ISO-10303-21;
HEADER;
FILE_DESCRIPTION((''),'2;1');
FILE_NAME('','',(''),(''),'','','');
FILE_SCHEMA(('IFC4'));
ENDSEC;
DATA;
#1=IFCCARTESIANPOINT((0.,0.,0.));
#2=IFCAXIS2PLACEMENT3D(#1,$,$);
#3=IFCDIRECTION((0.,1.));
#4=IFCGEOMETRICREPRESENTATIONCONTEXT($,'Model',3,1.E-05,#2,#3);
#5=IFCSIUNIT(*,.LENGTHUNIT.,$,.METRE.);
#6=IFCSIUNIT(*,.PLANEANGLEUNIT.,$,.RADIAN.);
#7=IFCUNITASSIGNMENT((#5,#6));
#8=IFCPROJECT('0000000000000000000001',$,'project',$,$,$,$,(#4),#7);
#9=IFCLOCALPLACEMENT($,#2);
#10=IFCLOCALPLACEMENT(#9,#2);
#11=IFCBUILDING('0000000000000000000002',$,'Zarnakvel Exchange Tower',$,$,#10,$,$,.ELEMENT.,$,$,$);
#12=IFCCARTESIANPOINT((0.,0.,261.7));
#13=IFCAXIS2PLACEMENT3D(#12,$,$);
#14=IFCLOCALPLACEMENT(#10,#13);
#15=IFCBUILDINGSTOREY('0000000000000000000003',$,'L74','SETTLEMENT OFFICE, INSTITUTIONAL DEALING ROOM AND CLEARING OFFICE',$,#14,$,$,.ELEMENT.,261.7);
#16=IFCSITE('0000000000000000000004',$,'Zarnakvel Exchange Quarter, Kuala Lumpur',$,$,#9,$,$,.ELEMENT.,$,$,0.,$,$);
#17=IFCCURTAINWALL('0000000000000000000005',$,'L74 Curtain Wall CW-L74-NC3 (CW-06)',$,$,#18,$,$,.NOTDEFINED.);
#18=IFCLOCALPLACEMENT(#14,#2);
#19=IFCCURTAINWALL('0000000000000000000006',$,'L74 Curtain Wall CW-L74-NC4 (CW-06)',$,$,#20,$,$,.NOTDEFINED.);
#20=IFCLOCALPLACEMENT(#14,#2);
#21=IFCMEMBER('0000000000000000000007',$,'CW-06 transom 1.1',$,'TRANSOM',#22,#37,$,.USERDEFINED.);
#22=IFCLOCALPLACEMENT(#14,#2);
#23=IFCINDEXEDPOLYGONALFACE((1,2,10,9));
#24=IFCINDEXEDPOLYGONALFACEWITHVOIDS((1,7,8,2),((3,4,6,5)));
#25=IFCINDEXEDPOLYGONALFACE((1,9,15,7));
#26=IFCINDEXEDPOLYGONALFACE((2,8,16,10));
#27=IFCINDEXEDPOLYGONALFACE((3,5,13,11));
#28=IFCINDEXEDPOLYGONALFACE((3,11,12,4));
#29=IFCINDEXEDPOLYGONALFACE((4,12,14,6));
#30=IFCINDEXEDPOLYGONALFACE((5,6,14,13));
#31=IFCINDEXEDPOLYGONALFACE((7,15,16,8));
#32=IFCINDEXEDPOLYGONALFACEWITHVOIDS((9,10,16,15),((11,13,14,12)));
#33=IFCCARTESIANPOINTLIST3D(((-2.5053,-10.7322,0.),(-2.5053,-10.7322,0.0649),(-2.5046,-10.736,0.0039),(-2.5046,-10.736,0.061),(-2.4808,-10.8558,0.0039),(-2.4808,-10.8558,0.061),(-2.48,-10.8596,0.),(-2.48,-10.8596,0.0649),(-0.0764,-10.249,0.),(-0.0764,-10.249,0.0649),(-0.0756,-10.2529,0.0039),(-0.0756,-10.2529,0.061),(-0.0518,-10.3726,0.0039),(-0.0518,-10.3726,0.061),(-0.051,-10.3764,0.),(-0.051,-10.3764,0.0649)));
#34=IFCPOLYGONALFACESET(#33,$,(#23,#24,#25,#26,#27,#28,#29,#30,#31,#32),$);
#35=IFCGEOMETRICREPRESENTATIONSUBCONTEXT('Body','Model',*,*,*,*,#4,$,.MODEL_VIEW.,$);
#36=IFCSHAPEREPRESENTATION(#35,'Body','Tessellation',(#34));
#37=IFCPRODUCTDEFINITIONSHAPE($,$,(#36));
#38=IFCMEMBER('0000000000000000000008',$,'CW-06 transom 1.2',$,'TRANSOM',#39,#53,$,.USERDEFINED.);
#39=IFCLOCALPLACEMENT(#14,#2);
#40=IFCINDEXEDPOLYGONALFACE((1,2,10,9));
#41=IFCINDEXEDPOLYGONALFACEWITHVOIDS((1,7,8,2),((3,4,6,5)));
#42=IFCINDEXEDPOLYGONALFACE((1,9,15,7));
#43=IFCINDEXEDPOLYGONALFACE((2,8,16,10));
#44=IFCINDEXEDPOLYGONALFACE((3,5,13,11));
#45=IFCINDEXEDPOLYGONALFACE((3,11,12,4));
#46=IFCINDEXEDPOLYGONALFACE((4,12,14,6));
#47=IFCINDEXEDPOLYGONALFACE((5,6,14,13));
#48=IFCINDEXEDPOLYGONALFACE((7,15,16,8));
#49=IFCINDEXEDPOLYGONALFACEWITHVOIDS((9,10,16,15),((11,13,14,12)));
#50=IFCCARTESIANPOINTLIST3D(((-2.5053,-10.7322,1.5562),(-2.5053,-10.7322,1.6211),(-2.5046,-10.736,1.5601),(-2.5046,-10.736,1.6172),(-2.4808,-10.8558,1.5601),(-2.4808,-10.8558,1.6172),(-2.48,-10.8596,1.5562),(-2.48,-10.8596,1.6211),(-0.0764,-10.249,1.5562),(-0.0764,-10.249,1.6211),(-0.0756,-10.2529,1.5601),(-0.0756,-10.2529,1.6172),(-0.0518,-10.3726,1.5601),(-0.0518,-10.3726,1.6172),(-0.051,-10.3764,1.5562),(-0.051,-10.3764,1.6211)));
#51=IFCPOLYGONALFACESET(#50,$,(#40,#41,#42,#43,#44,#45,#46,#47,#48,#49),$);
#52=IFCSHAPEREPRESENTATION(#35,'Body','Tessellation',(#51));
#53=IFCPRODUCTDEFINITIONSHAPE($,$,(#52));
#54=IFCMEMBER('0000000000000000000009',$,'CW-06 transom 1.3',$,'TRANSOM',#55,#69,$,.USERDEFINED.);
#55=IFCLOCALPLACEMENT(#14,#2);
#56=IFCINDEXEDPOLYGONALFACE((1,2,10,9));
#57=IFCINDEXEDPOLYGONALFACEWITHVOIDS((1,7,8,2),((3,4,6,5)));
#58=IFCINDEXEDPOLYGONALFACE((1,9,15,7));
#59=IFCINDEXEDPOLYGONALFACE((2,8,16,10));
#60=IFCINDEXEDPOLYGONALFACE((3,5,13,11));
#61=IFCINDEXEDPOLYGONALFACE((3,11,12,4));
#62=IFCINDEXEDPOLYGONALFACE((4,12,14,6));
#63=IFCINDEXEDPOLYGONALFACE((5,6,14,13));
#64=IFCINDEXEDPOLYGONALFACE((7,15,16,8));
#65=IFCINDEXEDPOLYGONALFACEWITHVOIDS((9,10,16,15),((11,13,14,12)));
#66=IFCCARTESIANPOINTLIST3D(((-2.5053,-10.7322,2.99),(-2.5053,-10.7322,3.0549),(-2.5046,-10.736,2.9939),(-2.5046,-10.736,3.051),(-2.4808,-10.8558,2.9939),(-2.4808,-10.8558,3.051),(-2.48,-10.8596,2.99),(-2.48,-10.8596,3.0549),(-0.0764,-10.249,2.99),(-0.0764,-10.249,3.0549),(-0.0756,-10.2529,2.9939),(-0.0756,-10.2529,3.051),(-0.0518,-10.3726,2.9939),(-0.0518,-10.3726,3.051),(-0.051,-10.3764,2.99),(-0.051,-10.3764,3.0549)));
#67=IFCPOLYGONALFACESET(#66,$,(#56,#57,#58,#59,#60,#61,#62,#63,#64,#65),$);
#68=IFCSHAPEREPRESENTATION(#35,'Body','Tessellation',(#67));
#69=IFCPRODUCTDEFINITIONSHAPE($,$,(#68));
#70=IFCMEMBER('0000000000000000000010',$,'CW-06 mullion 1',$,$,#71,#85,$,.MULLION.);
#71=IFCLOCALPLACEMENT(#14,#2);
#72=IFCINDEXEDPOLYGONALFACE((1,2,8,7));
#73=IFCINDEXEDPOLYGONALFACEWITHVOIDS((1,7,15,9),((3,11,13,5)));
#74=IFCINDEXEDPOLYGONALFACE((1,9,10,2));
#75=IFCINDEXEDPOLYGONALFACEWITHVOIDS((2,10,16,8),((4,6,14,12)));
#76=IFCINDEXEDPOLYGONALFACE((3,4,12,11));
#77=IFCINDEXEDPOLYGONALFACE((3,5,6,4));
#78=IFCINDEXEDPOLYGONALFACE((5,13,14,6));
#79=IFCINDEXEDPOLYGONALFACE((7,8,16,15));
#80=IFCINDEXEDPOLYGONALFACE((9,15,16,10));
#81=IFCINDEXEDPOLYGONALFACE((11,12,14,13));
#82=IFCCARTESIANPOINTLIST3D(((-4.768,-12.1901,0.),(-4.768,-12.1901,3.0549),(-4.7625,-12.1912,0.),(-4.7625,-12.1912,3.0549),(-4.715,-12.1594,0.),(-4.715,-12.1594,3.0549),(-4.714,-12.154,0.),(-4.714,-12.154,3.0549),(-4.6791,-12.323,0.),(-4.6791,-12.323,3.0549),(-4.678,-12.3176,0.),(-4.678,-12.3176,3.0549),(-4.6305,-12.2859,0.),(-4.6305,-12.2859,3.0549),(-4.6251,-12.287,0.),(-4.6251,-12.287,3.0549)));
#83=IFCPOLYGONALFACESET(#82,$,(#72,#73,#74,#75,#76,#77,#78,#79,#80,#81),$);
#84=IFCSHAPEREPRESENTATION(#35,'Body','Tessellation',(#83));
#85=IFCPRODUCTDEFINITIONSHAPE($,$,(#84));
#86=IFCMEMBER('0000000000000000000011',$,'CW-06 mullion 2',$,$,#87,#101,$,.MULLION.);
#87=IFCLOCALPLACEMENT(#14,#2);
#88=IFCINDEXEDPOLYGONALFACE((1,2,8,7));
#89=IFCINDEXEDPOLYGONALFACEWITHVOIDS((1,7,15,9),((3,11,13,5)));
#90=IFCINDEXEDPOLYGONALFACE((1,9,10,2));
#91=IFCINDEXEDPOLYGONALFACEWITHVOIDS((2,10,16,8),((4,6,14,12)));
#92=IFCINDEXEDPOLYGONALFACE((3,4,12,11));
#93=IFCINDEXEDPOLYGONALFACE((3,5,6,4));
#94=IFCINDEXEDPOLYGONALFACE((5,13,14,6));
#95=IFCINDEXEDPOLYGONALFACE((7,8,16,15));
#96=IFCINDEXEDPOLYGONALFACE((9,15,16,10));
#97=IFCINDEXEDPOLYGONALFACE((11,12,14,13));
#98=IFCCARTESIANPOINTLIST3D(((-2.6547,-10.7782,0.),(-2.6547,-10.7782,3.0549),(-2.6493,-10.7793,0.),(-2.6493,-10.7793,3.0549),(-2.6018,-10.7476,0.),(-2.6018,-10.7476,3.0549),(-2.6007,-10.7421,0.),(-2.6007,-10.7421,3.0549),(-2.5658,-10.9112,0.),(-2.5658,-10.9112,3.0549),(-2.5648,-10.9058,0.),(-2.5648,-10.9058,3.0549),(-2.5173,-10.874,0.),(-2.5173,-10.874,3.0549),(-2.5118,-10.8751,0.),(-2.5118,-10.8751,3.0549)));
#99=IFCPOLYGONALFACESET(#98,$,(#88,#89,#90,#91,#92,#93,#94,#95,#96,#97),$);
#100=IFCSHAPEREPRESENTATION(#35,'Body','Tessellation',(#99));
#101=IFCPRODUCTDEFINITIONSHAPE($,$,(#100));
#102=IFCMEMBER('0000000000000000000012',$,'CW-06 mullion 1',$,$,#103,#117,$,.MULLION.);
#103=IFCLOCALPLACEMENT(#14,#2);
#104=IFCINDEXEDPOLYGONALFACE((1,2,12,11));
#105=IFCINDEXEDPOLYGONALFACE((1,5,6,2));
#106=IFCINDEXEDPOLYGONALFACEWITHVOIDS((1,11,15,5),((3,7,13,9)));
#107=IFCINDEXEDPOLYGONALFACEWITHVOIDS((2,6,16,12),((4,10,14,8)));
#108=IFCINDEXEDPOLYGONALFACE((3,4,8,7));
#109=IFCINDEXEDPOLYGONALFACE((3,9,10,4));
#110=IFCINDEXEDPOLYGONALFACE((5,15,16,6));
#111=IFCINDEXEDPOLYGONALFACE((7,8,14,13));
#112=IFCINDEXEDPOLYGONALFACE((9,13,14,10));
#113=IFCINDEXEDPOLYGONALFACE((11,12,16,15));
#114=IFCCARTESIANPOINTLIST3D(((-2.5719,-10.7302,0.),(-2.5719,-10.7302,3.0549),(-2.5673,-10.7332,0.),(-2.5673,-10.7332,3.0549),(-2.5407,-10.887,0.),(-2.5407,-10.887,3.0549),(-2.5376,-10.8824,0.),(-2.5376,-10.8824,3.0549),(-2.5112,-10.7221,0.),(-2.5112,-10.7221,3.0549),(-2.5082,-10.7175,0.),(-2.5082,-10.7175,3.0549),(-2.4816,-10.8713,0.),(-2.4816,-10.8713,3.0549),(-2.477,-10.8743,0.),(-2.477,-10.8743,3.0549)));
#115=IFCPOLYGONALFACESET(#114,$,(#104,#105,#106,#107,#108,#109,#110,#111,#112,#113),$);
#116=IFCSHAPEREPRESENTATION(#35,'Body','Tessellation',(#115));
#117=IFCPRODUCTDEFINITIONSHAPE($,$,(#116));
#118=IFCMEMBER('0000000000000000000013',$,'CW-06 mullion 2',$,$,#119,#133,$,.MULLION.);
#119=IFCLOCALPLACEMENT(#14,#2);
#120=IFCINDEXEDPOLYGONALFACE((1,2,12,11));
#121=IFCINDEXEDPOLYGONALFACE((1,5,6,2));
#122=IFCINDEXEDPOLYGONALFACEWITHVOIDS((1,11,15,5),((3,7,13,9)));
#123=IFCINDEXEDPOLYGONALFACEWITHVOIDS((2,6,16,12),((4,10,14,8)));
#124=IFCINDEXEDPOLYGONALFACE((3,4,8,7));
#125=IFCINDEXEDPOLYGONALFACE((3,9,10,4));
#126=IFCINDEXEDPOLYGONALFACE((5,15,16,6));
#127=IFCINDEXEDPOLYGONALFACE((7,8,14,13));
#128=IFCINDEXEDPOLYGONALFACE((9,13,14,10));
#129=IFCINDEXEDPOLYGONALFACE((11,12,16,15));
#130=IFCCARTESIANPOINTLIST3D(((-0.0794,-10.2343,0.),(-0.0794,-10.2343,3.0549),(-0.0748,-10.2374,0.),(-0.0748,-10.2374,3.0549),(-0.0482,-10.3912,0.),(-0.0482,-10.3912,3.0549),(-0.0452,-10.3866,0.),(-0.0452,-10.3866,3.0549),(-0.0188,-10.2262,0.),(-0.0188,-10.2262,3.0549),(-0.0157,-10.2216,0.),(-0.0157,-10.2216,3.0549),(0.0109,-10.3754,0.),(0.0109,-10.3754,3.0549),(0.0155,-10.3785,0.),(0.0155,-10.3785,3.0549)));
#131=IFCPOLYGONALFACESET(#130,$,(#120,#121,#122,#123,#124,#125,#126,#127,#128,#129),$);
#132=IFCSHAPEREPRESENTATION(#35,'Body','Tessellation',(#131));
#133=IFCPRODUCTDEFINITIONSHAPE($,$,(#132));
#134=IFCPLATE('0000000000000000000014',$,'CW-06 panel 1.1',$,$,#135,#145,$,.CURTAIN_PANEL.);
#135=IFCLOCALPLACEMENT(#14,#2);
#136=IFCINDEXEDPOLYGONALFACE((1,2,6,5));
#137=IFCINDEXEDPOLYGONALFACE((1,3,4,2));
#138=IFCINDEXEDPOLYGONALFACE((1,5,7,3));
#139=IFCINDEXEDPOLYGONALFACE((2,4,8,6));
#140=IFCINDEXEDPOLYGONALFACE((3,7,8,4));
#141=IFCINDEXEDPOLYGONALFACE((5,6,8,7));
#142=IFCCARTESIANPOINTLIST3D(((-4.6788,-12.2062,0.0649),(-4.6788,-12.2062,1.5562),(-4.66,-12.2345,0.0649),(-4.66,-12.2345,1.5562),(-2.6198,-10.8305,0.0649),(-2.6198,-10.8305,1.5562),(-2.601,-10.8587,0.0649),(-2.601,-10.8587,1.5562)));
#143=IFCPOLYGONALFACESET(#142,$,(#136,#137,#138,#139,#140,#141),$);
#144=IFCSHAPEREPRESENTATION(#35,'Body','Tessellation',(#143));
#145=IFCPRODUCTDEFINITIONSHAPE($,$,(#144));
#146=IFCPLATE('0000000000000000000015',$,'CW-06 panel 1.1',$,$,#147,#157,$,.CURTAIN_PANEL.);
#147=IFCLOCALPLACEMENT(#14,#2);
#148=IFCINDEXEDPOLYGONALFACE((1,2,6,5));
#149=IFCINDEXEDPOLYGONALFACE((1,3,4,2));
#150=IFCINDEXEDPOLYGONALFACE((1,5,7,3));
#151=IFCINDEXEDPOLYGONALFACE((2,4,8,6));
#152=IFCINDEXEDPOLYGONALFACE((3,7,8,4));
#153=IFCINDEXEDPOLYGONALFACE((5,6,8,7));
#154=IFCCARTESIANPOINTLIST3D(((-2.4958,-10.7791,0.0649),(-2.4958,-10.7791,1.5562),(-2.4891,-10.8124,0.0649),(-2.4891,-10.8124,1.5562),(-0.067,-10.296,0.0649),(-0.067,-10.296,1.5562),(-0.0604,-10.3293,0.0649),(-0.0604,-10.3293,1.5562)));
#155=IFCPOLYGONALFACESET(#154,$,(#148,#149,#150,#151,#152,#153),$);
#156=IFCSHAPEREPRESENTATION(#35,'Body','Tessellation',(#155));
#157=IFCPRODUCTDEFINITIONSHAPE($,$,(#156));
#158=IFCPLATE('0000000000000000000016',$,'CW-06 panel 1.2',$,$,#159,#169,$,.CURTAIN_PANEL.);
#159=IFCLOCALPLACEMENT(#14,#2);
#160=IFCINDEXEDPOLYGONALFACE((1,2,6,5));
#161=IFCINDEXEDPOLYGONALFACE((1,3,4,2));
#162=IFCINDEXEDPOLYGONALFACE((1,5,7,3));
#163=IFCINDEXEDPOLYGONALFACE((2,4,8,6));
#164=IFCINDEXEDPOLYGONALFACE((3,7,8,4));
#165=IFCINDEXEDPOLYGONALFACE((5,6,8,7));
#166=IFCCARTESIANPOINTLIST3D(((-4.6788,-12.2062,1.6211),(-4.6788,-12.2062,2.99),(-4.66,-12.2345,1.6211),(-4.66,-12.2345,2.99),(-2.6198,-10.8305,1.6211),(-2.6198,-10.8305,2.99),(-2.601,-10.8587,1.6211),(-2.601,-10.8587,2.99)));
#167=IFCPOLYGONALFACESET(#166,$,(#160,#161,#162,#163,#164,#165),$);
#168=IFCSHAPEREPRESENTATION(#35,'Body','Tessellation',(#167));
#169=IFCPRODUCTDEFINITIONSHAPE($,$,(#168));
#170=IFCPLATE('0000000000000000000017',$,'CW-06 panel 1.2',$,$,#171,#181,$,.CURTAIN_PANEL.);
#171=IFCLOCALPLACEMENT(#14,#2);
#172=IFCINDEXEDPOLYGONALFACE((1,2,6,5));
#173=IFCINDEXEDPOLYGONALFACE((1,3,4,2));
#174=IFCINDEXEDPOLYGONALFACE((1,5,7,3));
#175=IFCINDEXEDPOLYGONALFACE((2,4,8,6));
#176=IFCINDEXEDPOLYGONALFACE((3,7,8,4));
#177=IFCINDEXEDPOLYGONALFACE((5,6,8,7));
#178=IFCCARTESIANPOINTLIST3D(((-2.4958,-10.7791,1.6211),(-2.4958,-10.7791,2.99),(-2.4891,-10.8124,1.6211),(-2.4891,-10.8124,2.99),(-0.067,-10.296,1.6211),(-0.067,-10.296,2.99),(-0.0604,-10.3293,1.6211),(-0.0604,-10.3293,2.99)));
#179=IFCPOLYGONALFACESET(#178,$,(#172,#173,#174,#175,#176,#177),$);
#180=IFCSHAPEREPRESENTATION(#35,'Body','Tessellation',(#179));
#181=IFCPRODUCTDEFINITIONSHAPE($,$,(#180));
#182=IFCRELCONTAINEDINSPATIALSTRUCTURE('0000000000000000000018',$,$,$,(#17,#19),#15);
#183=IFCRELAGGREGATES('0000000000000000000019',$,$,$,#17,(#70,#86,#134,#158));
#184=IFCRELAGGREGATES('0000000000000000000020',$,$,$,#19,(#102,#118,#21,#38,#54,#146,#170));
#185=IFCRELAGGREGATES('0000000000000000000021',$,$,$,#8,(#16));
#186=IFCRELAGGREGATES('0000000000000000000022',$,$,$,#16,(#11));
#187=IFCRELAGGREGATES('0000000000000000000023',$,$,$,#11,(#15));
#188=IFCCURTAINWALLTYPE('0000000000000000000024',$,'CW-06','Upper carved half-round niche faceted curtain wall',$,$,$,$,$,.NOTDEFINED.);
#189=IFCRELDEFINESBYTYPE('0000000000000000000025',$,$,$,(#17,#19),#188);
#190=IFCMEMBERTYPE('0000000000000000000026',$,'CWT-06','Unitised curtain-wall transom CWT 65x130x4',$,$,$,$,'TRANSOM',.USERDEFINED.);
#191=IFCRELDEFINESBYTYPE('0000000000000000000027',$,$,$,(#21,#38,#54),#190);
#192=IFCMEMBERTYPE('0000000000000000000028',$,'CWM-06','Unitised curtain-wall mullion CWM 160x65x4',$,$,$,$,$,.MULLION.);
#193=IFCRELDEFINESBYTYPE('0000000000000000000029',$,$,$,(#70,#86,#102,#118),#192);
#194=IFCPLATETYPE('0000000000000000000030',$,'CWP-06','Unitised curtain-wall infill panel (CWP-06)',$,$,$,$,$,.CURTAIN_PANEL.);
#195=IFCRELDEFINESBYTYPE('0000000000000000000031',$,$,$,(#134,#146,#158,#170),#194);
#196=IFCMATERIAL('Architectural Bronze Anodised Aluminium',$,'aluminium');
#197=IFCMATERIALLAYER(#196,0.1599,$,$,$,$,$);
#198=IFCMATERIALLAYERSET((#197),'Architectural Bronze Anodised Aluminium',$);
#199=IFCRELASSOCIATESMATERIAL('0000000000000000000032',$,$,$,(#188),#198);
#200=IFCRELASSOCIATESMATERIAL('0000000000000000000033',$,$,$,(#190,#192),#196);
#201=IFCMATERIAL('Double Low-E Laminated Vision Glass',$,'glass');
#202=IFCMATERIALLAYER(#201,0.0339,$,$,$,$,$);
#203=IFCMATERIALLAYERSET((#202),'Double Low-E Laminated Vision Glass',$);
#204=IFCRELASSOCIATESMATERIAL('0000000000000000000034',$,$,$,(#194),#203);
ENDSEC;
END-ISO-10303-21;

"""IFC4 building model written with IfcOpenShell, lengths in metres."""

from ifc_helpers import new_model, si_unit, direction, frame, origin, origin_2d, place, context, subcontext, project, spatial, rectangle, hollow_rectangle, extrude, source, transform, mapped, material, layer, layer_set, material_profile, profile_set, type_object, element, aggregate, save


model = new_model("IFC4")

# Units and contexts
model_context = context("Model", 3, precision=1e-05, world=origin(), true_north=direction((0.0, 1.0)))
body_context = subcontext(model_context, "Body", "Model", "MODEL_VIEW")
ifc_project = project(units=[si_unit("LENGTHUNIT", "METRE"), si_unit("PLANEANGLEUNIT", "RADIAN")], contexts=[model_context])

# Site, building, storey
site_placement = place(None, origin())
site = spatial("IfcSite", under=ifc_project, at=site_placement, Name="Zarnakvel Exchange Quarter, Kuala Lumpur", CompositionType="ELEMENT", RefElevation=0.0)
building_placement = place(site_placement, origin())
building = spatial("IfcBuilding", under=site, at=building_placement, Name="Zarnakvel Exchange Tower", CompositionType="ELEMENT")
storey_placement = place(building_placement, frame((0.0, 0.0, 261.7)))
storey = spatial("IfcBuildingStorey", under=building, at=storey_placement, Name="L74", Description="SETTLEMENT OFFICE, INSTITUTIONAL DEALING ROOM AND CLEARING OFFICE", CompositionType="ELEMENT", Elevation=261.7)

# Curtain walls, members
ifc_material_1 = material(Name="Architectural Bronze Anodised Aluminium", Category="aluminium")
ifc_layer_1 = layer(ifc_material_1, 0.1599)
ifc_layer_set_1 = layer_set([ifc_layer_1], Name="Architectural Bronze Anodised Aluminium")
curtain_wall_type = type_object("IfcCurtainWallType", Name="CW-06", Description="Upper carved half-round niche faceted curtain wall", PredefinedType="NOTDEFINED", material=ifc_layer_set_1)
curtain_wall_1_placement = place(storey_placement, origin())
curtain_wall_1 = element("IfcCurtainWall", 1, at=curtain_wall_1_placement, inside=storey, type_object=curtain_wall_type, Name="L74 Curtain Wall CW-L74-NC3 (CW-06)", PredefinedType="NOTDEFINED")
ifc_material_profile_1 = material_profile(ifc_material_1, hollow_rectangle(XDim=0.1299, YDim=0.0649, WallThickness=0.0039, at=origin_2d()))
ifc_profile_set_1 = profile_set([ifc_material_profile_1], Name="Architectural Bronze Anodised Aluminium")
member_type_1 = type_object("IfcMemberType", Name="CWT-06", Description="Unitised curtain-wall transom CWT 65x130x4", ElementType="TRANSOM", PredefinedType="USERDEFINED", material=ifc_profile_set_1)
shared_shape_1 = source(origin(), body_context, "Body", "SweptSolid", [
    extrude(hollow_rectangle(XDim=0.1299, YDim=0.0649, WallThickness=0.0039, at=origin_2d()), origin(), (0.0, 0.0, 1.0), 2.4766),
])
curtain_wall_2_placement = place(storey_placement, origin())
curtain_wall_2 = element("IfcCurtainWall", 2, at=curtain_wall_2_placement, inside=storey, type_object=curtain_wall_type, Name="L74 Curtain Wall CW-L74-NC4 (CW-06)", PredefinedType="NOTDEFINED")
member_1_placement = place(storey_placement, frame((-2.4927, -10.7959, 0.0325), z_axis=(0.980785, 0.195092, 0.0), x_axis=(-0.195092, 0.980785, 0.0)))
member_1 = element("IfcMember", 3, at=member_1_placement, type_object=member_type_1, Name="CW-06 transom 1.1", ObjectType="TRANSOM", PredefinedType="USERDEFINED", context=body_context, shape_type="MappedRepresentation", body=[
    mapped(shared_shape_1, transform((0.0, 0.0, 0.0), x_axis=(1.0, 0.0, 0.0), y_axis=(0.0, 1.0, 0.0), z_axis=(0.0, 0.0, 1.0), scale=1.0)),
])
member_2_placement = place(storey_placement, frame((-2.4927, -10.7959, 1.5886), z_axis=(0.980785, 0.195092, 0.0), x_axis=(-0.195092, 0.980785, 0.0)))
member_2 = element("IfcMember", 4, at=member_2_placement, type_object=member_type_1, Name="CW-06 transom 1.2", ObjectType="TRANSOM", PredefinedType="USERDEFINED", context=body_context, shape_type="MappedRepresentation", body=[
    mapped(shared_shape_1, transform((0.0, 0.0, 0.0), x_axis=(1.0, 0.0, 0.0), y_axis=(0.0, 1.0, 0.0), z_axis=(0.0, 0.0, 1.0), scale=1.0)),
])
member_3_placement = place(storey_placement, frame((-2.4927, -10.7959, 3.0225), z_axis=(0.980785, 0.195092, 0.0), x_axis=(-0.195092, 0.980785, 0.0)))
member_3 = element("IfcMember", 5, at=member_3_placement, type_object=member_type_1, Name="CW-06 transom 1.3", ObjectType="TRANSOM", PredefinedType="USERDEFINED", context=body_context, shape_type="MappedRepresentation", body=[
    mapped(shared_shape_1, transform((0.0, 0.0, 0.0), x_axis=(1.0, 0.0, 0.0), y_axis=(0.0, 1.0, 0.0), z_axis=(0.0, 0.0, 1.0), scale=1.0)),
])

# Members
ifc_material_profile_2 = material_profile(ifc_material_1, hollow_rectangle(XDim=0.1599, YDim=0.0649, WallThickness=0.0039, at=origin_2d()))
ifc_profile_set_2 = profile_set([ifc_material_profile_2], Name="Architectural Bronze Anodised Aluminium")
member_type_2 = type_object("IfcMemberType", Name="CWM-06", Description="Unitised curtain-wall mullion CWM 160x65x4", PredefinedType="MULLION", material=ifc_profile_set_2)
shared_shape_2 = source(origin(), body_context, "Body", "SweptSolid", [
    extrude(hollow_rectangle(XDim=0.1599, YDim=0.0649, WallThickness=0.0039, at=origin_2d()), origin(), (0.0, 0.0, 1.0), 3.0549),
])
member_4_placement = place(storey_placement, frame((-4.6965, -12.2385, 0.0), z_axis=(0.0, 0.0, 1.0), x_axis=(-0.55557, 0.83147, 0.0)))
member_4 = element("IfcMember", 6, at=member_4_placement, type_object=member_type_2, Name="CW-06 mullion 1", PredefinedType="MULLION", context=body_context, shape_type="MappedRepresentation", body=[
    mapped(shared_shape_2, transform((0.0, 0.0, 0.0), x_axis=(1.0, 0.0, 0.0), y_axis=(0.0, 1.0, 0.0), z_axis=(0.0, 0.0, 1.0), scale=1.0)),
])
member_5_placement = place(storey_placement, frame((-2.5833, -10.8267, 0.0), z_axis=(0.0, 0.0, 1.0), x_axis=(-0.55557, 0.83147, 0.0)))
member_5 = element("IfcMember", 7, at=member_5_placement, type_object=member_type_2, Name="CW-06 mullion 2", PredefinedType="MULLION", context=body_context, shape_type="MappedRepresentation", body=[
    mapped(shared_shape_2, transform((0.0, 0.0, 0.0), x_axis=(1.0, 0.0, 0.0), y_axis=(0.0, 1.0, 0.0), z_axis=(0.0, 0.0, 1.0), scale=1.0)),
])
member_6_placement = place(storey_placement, frame((-2.5244, -10.8022, 0.0), z_axis=(0.0, 0.0, 1.0), x_axis=(-0.19509, 0.980785, 0.0)))
member_6 = element("IfcMember", 8, at=member_6_placement, type_object=member_type_2, Name="CW-06 mullion 1", PredefinedType="MULLION", context=body_context, shape_type="MappedRepresentation", body=[
    mapped(shared_shape_2, transform((0.0, 0.0, 0.0), x_axis=(1.0, 0.0, 0.0), y_axis=(0.0, 1.0, 0.0), z_axis=(0.0, 0.0, 1.0), scale=1.0)),
])
member_7_placement = place(storey_placement, frame((-0.032, -10.3064, 0.0), z_axis=(0.0, 0.0, 1.0), x_axis=(-0.19509, 0.980785, 0.0)))
member_7 = element("IfcMember", 9, at=member_7_placement, type_object=member_type_2, Name="CW-06 mullion 2", PredefinedType="MULLION", context=body_context, shape_type="MappedRepresentation", body=[
    mapped(shared_shape_2, transform((0.0, 0.0, 0.0), x_axis=(1.0, 0.0, 0.0), y_axis=(0.0, 1.0, 0.0), z_axis=(0.0, 0.0, 1.0), scale=1.0)),
])

# Plates
ifc_material_2 = material(Name="Double Low-E Laminated Vision Glass", Category="glass")
ifc_layer_2 = layer(ifc_material_2, 0.0339)
ifc_layer_set_2 = layer_set([ifc_layer_2], Name="Double Low-E Laminated Vision Glass")
plate_type = type_object("IfcPlateType", Name="CWP-06", Description="Unitised curtain-wall infill panel (CWP-06)", PredefinedType="CURTAIN_PANEL", material=ifc_layer_set_2)
shared_shape_3 = source(origin(), body_context, "Body", "SweptSolid", [
    extrude(rectangle(XDim=2.4763, YDim=0.0339, at=origin_2d()), origin(), (0.0, 0.0, 1.0), 1.4912),
])
plate_1_placement = place(storey_placement, frame((-3.6399, -11.5325, 0.0649), z_axis=(0.0, 0.0, 1.0), x_axis=(0.83147, 0.55557, 0.0)))
plate_1 = element("IfcPlate", 10, at=plate_1_placement, type_object=plate_type, Name="CW-06 panel 1.1", PredefinedType="CURTAIN_PANEL", context=body_context, shape_type="MappedRepresentation", body=[
    mapped(shared_shape_3, transform((0.0, 0.0, 0.0), x_axis=(1.0, 0.0, 0.0), y_axis=(0.0, 1.0, 0.0), z_axis=(0.0, 0.0, 1.0), scale=1.0)),
])
plate_2_placement = place(storey_placement, frame((-1.2781, -10.5542, 0.0649), z_axis=(0.0, 0.0, 1.0), x_axis=(0.980785, 0.19509, 0.0)))
plate_2 = element("IfcPlate", 11, at=plate_2_placement, type_object=plate_type, Name="CW-06 panel 1.1", PredefinedType="CURTAIN_PANEL", context=body_context, shape_type="MappedRepresentation", body=[
    mapped(shared_shape_3, transform((0.0, 0.0, 0.0), x_axis=(1.0, 0.0, 0.0), y_axis=(0.0, 1.0, 0.0), z_axis=(0.0, 0.0, 1.0), scale=1.0)),
])
shared_shape_4 = source(origin(), body_context, "Body", "SweptSolid", [
    extrude(rectangle(XDim=2.4763, YDim=0.0339, at=origin_2d()), origin(), (0.0, 0.0, 1.0), 1.3689),
])
plate_3_placement = place(storey_placement, frame((-3.6399, -11.5325, 1.6211), z_axis=(0.0, 0.0, 1.0), x_axis=(0.83147, 0.55557, 0.0)))
plate_3 = element("IfcPlate", 12, at=plate_3_placement, type_object=plate_type, Name="CW-06 panel 1.2", PredefinedType="CURTAIN_PANEL", context=body_context, shape_type="MappedRepresentation", body=[
    mapped(shared_shape_4, transform((0.0, 0.0, 0.0), x_axis=(1.0, 0.0, 0.0), y_axis=(0.0, 1.0, 0.0), z_axis=(0.0, 0.0, 1.0), scale=1.0)),
])
aggregate(curtain_wall_1, [member_4, member_5, plate_1, plate_3])
plate_4_placement = place(storey_placement, frame((-1.2781, -10.5542, 1.6211), z_axis=(0.0, 0.0, 1.0), x_axis=(0.980785, 0.19509, 0.0)))
plate_4 = element("IfcPlate", 13, at=plate_4_placement, type_object=plate_type, Name="CW-06 panel 1.2", PredefinedType="CURTAIN_PANEL", context=body_context, shape_type="MappedRepresentation", body=[
    mapped(shared_shape_4, transform((0.0, 0.0, 0.0), x_axis=(1.0, 0.0, 0.0), y_axis=(0.0, 1.0, 0.0), z_axis=(0.0, 0.0, 1.0), scale=1.0)),
])
aggregate(curtain_wall_2, [member_6, member_7, member_1, member_2, member_3, plate_2, plate_4])

save(model, "model.ifc")
